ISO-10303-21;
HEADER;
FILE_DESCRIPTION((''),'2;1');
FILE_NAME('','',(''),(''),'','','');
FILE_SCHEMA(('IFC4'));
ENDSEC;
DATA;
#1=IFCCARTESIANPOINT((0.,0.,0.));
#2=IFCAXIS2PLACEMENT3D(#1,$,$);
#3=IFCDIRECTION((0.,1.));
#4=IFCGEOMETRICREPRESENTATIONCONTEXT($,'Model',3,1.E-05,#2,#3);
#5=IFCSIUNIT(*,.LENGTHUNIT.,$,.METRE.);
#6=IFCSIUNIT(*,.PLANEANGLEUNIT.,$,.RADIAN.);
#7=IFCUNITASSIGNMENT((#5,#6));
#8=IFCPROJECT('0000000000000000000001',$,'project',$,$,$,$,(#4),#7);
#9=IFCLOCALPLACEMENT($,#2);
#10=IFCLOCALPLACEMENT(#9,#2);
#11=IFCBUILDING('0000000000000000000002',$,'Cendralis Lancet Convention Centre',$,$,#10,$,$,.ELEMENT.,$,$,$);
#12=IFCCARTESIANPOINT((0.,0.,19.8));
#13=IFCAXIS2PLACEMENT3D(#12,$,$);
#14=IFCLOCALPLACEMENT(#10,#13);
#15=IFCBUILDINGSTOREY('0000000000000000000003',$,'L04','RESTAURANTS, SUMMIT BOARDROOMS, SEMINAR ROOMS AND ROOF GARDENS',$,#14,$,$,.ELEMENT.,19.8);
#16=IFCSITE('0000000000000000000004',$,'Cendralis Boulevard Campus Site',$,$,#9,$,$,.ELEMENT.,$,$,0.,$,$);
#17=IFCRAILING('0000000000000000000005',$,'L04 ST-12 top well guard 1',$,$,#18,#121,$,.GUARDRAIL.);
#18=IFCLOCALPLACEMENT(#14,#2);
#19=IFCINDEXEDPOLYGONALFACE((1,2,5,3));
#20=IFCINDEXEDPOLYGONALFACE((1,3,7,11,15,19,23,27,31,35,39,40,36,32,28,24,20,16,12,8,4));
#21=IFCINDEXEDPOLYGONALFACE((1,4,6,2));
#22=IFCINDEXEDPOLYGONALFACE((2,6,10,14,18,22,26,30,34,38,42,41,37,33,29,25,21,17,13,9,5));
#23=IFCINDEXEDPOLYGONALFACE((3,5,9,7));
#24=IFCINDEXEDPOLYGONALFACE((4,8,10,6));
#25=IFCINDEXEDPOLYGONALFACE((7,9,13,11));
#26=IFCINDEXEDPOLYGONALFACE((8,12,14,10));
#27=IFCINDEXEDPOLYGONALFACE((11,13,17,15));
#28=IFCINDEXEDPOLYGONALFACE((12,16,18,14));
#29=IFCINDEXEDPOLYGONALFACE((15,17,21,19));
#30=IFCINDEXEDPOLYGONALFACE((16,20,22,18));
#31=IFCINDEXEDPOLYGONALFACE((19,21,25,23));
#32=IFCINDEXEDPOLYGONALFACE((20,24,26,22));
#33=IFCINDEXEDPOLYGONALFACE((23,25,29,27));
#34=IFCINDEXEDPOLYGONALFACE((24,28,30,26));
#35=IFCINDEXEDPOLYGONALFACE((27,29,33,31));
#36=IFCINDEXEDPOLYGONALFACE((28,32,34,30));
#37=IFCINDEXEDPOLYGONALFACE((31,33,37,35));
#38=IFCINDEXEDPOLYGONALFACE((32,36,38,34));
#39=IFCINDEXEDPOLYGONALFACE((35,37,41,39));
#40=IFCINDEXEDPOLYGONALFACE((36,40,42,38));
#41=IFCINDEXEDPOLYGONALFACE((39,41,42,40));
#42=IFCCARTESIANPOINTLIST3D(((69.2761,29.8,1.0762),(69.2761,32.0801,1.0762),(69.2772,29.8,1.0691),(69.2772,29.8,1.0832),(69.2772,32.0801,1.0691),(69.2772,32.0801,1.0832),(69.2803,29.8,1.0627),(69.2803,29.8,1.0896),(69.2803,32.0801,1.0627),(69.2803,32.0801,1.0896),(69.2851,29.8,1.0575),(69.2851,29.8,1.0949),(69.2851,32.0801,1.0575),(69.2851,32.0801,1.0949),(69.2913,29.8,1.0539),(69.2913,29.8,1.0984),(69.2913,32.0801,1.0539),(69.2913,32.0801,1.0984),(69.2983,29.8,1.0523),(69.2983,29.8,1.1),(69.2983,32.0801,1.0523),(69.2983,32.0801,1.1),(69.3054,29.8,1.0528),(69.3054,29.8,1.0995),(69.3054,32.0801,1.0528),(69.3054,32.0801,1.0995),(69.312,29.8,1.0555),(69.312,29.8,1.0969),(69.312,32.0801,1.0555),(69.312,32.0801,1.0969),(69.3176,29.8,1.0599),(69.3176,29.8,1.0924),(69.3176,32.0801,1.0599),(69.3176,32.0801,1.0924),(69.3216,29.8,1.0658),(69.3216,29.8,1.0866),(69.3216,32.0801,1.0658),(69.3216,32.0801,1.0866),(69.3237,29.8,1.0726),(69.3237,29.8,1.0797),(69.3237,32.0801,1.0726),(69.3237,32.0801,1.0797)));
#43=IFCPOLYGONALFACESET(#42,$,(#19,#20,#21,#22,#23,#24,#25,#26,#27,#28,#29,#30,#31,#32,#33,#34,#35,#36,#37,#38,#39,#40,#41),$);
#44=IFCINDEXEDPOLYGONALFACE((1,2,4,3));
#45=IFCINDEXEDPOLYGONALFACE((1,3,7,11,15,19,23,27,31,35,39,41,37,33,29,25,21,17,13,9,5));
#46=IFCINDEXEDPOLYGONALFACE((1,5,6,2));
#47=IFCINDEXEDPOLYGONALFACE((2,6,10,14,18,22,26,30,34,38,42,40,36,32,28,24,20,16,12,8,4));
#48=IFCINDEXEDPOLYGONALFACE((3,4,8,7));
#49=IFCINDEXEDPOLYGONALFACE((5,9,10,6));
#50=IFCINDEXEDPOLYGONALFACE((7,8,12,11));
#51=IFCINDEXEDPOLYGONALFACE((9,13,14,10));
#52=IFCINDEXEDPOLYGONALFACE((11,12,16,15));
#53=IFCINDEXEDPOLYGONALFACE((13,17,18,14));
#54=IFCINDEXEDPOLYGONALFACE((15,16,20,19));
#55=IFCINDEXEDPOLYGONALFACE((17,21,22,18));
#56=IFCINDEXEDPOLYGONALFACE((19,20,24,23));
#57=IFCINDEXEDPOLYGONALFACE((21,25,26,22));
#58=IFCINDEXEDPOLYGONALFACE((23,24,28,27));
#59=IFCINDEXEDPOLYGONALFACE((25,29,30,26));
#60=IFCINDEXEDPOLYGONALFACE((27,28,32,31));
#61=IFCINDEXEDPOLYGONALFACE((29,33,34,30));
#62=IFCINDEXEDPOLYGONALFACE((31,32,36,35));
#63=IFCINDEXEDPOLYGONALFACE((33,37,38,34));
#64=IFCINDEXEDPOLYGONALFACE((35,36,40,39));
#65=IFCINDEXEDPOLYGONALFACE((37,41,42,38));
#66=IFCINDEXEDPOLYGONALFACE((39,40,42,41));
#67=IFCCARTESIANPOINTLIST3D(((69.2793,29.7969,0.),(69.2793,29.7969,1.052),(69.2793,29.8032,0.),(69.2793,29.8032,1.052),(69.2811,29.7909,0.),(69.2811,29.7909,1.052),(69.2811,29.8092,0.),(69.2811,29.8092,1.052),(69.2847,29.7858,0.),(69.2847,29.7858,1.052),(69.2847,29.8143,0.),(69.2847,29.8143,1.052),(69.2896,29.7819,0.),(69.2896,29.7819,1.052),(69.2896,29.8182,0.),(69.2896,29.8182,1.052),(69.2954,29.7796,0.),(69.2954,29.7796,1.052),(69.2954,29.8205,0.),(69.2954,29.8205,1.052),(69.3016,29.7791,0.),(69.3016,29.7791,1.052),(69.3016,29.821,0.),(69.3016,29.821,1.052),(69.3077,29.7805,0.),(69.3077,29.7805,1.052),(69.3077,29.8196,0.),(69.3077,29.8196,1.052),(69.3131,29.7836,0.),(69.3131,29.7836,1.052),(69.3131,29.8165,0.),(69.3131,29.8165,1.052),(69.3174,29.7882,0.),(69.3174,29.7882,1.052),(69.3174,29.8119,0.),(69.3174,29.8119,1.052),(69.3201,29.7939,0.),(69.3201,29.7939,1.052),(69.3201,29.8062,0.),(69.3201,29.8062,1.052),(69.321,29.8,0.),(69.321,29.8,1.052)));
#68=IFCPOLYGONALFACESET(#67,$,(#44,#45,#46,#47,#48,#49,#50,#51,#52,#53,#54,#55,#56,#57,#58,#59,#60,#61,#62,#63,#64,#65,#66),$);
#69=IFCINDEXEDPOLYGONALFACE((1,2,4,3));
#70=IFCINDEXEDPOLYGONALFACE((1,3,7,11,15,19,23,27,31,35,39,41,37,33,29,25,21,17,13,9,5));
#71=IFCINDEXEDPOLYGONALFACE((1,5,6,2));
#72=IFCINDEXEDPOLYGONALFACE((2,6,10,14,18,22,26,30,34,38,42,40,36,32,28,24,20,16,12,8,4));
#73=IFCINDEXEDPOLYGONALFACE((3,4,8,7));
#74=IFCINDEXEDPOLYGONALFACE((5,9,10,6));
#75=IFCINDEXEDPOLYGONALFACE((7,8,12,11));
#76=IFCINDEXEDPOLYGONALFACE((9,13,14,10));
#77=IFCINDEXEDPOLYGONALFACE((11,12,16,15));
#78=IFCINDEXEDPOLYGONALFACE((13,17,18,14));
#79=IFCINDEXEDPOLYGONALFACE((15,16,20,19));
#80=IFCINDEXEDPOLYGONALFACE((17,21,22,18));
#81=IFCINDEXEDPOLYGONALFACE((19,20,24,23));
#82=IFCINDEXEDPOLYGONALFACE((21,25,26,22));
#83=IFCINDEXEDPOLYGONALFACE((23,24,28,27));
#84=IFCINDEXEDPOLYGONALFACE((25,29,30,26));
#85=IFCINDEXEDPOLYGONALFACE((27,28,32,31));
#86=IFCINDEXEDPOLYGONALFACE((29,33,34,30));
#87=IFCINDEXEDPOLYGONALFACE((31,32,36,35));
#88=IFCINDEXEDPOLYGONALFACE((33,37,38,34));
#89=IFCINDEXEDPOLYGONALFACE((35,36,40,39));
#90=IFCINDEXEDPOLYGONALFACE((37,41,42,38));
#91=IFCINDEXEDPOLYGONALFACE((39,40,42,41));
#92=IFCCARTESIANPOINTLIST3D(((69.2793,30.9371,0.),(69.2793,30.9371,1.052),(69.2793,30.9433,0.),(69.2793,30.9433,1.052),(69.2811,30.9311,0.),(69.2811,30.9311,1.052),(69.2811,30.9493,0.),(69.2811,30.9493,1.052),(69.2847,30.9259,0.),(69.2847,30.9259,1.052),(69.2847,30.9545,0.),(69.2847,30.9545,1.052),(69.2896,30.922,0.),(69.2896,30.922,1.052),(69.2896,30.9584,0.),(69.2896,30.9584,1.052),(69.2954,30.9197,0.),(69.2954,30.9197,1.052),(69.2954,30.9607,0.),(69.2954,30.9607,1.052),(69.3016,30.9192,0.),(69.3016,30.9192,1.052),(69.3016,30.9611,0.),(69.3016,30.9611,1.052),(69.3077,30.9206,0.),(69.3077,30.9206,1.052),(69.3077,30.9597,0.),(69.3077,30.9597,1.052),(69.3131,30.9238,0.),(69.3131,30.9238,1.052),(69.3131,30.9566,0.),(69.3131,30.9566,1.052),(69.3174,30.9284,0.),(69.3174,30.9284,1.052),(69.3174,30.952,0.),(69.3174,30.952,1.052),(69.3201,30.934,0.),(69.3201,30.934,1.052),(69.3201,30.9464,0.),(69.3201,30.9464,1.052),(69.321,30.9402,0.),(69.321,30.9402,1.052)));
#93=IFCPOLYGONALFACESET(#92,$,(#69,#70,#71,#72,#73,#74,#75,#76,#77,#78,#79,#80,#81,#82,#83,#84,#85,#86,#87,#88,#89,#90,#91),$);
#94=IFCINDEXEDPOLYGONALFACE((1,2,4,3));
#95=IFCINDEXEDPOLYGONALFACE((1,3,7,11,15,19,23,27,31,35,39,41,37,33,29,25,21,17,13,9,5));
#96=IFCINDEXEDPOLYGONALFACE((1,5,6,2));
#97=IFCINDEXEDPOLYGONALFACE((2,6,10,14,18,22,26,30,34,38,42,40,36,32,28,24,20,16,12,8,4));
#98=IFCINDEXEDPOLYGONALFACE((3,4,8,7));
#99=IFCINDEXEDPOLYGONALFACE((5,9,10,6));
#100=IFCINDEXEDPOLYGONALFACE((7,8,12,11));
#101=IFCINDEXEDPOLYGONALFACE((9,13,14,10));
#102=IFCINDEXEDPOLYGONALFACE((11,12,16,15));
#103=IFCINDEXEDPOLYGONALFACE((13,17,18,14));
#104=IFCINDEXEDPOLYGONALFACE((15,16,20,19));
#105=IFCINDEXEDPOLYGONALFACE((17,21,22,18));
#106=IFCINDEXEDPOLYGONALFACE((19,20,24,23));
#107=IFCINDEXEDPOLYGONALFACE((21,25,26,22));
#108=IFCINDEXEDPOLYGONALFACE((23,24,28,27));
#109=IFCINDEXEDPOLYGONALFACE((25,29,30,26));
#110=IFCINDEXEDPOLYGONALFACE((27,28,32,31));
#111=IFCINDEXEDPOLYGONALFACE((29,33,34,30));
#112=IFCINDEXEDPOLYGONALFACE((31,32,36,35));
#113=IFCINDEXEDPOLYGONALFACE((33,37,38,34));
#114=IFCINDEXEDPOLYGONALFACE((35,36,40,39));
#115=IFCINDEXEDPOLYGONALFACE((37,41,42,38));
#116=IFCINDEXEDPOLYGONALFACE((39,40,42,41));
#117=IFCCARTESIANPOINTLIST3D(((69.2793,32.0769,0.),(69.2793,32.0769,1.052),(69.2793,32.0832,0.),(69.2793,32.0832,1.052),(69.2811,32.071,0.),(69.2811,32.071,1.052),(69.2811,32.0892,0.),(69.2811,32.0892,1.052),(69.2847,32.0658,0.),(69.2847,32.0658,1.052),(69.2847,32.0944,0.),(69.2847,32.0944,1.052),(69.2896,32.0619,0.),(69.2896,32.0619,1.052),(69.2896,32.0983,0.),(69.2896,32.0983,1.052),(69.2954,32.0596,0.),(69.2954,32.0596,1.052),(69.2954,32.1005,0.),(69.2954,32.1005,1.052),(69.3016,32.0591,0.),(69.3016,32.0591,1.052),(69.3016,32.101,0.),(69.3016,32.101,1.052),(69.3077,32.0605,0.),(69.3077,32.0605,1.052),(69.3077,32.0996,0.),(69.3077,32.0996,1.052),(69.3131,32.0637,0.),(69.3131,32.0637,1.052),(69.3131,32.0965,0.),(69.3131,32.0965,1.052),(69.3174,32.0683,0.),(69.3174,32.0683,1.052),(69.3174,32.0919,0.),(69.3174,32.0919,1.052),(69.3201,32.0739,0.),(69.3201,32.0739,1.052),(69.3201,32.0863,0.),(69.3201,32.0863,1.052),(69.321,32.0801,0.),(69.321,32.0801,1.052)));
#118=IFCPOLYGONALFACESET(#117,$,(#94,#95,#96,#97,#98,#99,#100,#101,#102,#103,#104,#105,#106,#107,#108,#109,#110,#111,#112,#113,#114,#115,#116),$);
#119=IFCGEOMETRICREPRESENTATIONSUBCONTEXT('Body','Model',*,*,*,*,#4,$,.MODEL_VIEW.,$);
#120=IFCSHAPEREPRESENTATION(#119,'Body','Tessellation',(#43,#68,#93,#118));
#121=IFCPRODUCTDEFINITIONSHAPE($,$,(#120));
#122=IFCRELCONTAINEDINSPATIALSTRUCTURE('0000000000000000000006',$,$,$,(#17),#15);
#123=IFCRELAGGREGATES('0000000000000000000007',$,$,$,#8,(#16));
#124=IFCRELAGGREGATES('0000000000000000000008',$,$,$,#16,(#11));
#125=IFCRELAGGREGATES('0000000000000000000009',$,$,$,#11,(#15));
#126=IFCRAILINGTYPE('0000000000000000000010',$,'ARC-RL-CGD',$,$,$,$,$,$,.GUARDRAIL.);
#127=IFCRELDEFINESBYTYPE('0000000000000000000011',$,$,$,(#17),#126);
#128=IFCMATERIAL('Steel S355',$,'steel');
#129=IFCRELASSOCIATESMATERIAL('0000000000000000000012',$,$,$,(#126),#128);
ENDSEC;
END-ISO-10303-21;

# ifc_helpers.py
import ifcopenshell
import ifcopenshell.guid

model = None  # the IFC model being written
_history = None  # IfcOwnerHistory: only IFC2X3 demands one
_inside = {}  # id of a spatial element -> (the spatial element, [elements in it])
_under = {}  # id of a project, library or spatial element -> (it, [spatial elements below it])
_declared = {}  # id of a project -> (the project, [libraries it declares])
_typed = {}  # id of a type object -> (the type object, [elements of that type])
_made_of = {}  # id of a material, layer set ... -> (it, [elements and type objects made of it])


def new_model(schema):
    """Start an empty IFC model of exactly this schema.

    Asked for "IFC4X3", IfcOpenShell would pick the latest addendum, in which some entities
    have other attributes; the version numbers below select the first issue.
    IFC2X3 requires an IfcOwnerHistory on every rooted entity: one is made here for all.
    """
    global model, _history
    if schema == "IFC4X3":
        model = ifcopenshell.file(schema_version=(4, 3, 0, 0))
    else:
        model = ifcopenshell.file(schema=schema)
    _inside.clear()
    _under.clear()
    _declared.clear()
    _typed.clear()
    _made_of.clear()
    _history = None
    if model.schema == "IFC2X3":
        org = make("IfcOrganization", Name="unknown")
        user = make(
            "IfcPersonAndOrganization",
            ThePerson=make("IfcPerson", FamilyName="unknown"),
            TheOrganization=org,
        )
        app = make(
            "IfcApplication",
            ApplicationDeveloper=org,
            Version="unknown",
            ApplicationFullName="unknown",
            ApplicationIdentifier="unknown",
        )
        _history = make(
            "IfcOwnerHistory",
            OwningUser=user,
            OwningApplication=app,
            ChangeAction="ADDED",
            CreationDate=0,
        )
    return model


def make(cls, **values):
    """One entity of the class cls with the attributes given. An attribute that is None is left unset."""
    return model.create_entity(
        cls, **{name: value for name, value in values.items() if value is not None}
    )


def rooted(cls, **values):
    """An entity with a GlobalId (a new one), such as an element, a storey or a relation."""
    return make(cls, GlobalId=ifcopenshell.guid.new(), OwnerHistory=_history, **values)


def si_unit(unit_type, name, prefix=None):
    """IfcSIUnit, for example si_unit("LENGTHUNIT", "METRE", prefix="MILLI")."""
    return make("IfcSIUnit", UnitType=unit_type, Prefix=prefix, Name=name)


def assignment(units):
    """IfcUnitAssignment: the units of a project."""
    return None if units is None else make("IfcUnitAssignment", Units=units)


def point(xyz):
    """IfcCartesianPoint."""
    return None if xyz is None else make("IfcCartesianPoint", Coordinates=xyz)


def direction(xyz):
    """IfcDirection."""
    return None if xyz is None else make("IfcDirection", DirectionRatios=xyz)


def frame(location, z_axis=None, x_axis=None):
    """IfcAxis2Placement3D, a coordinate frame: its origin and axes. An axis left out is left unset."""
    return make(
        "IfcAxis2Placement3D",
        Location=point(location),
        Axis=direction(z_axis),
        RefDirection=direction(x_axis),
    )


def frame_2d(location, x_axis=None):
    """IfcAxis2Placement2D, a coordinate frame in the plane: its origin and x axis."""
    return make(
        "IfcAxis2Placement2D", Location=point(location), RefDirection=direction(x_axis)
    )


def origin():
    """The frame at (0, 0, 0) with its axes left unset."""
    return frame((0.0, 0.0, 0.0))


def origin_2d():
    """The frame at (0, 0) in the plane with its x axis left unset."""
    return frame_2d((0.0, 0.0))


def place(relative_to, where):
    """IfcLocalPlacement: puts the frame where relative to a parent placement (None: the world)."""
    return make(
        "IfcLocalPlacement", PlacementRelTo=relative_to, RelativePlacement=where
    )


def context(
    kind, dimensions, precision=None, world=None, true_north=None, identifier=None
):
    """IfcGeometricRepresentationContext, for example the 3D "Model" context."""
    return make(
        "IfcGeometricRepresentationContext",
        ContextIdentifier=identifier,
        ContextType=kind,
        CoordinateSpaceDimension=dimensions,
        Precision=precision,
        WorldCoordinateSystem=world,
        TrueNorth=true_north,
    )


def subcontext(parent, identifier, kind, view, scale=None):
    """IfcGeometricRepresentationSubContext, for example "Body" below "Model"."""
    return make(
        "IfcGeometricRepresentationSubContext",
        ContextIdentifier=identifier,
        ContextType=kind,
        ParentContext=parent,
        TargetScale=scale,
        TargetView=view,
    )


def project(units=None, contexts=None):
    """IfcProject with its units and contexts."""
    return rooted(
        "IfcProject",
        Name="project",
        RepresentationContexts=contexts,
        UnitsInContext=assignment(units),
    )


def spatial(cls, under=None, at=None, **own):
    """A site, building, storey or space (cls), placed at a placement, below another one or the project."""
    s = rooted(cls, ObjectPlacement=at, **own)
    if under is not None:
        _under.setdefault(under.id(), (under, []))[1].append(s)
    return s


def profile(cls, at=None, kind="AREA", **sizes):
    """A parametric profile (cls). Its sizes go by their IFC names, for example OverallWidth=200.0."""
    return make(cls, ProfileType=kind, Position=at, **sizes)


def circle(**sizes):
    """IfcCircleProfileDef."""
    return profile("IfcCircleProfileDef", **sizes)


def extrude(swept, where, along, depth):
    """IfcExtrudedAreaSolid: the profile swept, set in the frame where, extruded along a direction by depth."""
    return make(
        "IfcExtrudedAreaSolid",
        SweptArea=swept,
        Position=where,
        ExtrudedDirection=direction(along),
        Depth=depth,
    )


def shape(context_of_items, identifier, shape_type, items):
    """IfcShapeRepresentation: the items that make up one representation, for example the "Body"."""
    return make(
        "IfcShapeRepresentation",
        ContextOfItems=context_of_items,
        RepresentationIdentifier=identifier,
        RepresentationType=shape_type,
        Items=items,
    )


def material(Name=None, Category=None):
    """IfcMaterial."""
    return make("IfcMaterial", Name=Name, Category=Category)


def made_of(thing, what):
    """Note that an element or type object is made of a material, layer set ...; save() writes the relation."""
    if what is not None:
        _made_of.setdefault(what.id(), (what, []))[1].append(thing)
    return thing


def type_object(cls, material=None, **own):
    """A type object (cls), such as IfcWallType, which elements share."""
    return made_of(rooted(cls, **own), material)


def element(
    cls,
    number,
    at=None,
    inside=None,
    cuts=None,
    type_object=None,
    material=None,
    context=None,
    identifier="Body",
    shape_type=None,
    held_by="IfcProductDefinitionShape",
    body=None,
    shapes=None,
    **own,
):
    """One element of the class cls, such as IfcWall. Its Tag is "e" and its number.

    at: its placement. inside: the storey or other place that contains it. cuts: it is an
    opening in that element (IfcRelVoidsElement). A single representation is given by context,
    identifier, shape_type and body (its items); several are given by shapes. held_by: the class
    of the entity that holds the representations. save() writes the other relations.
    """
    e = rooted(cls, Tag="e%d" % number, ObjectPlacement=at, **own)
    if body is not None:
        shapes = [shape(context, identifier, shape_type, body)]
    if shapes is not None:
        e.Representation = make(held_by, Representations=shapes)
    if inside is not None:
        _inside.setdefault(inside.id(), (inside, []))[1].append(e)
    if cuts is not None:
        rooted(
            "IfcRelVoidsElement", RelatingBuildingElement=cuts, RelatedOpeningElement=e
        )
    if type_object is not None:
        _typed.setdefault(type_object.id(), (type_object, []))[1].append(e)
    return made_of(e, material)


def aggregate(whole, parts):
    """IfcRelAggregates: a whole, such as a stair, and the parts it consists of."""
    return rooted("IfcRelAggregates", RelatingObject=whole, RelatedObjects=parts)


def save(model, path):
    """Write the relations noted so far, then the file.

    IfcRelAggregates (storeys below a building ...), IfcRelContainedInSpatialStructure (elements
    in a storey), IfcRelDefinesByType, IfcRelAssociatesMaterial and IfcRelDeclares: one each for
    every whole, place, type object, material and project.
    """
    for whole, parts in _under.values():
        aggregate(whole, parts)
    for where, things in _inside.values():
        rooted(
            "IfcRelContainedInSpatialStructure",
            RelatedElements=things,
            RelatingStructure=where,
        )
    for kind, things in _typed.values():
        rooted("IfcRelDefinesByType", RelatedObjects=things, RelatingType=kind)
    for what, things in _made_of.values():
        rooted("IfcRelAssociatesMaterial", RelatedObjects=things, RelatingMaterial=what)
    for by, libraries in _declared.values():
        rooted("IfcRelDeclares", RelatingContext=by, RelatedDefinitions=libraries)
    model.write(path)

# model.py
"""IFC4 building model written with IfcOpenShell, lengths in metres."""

from ifc_helpers import new_model, si_unit, direction, frame, origin, origin_2d, place, context, subcontext, project, spatial, circle, extrude, material, type_object, element, save


model = new_model("IFC4")

# Units and contexts
model_context = context("Model", 3, precision=1e-05, world=origin(), true_north=direction((0.0, 1.0)))
body_context = subcontext(model_context, "Body", "Model", "MODEL_VIEW")
ifc_project = project(units=[si_unit("LENGTHUNIT", "METRE"), si_unit("PLANEANGLEUNIT", "RADIAN")], contexts=[model_context])

# Site, building, storey
site_placement = place(None, origin())
site = spatial("IfcSite", under=ifc_project, at=site_placement, Name="Cendralis Boulevard Campus Site", CompositionType="ELEMENT", RefElevation=0.0)
building_placement = place(site_placement, origin())
building = spatial("IfcBuilding", under=site, at=building_placement, Name="Cendralis Lancet Convention Centre", CompositionType="ELEMENT")
storey_placement = place(building_placement, frame((0.0, 0.0, 19.8)))
storey = spatial("IfcBuildingStorey", under=building, at=storey_placement, Name="L04", Description="RESTAURANTS, SUMMIT BOARDROOMS, SEMINAR ROOMS AND ROOF GARDENS", CompositionType="ELEMENT", Elevation=19.8)

# Shared definitions
ifc_material_1 = material(Name="Steel S355", Category="steel")

# Railing
railing_type = type_object("IfcRailingType", Name="ARC-RL-CGD", PredefinedType="GUARDRAIL", material=ifc_material_1)
railing_placement = place(storey_placement, frame((69.3, 29.8, 0.0)))
element("IfcRailing", 1, at=railing_placement, inside=storey, type_object=railing_type, Name="L04 ST-12 top well guard 1", PredefinedType="GUARDRAIL", context=body_context, shape_type="SweptSolid", body=[
    extrude(circle(Radius=0.0239, at=origin_2d()), frame((0.0, 0.0, 1.0762), z_axis=(0.0, 1.0, 0.0), x_axis=(-1.0, 0.0, 0.0)), (0.0, 0.0, 1.0), 2.28),
    extrude(circle(Radius=0.021, at=origin_2d()), origin(), (0.0, 0.0, 1.0), 1.052),
    extrude(circle(Radius=0.021, at=origin_2d()), frame((0.0, 1.1401, 0.0)), (0.0, 0.0, 1.0), 1.052),
    extrude(circle(Radius=0.021, at=origin_2d()), frame((0.0, 2.28, 0.0)), (0.0, 0.0, 1.0), 1.052),
])

save(model, "model.ifc")
